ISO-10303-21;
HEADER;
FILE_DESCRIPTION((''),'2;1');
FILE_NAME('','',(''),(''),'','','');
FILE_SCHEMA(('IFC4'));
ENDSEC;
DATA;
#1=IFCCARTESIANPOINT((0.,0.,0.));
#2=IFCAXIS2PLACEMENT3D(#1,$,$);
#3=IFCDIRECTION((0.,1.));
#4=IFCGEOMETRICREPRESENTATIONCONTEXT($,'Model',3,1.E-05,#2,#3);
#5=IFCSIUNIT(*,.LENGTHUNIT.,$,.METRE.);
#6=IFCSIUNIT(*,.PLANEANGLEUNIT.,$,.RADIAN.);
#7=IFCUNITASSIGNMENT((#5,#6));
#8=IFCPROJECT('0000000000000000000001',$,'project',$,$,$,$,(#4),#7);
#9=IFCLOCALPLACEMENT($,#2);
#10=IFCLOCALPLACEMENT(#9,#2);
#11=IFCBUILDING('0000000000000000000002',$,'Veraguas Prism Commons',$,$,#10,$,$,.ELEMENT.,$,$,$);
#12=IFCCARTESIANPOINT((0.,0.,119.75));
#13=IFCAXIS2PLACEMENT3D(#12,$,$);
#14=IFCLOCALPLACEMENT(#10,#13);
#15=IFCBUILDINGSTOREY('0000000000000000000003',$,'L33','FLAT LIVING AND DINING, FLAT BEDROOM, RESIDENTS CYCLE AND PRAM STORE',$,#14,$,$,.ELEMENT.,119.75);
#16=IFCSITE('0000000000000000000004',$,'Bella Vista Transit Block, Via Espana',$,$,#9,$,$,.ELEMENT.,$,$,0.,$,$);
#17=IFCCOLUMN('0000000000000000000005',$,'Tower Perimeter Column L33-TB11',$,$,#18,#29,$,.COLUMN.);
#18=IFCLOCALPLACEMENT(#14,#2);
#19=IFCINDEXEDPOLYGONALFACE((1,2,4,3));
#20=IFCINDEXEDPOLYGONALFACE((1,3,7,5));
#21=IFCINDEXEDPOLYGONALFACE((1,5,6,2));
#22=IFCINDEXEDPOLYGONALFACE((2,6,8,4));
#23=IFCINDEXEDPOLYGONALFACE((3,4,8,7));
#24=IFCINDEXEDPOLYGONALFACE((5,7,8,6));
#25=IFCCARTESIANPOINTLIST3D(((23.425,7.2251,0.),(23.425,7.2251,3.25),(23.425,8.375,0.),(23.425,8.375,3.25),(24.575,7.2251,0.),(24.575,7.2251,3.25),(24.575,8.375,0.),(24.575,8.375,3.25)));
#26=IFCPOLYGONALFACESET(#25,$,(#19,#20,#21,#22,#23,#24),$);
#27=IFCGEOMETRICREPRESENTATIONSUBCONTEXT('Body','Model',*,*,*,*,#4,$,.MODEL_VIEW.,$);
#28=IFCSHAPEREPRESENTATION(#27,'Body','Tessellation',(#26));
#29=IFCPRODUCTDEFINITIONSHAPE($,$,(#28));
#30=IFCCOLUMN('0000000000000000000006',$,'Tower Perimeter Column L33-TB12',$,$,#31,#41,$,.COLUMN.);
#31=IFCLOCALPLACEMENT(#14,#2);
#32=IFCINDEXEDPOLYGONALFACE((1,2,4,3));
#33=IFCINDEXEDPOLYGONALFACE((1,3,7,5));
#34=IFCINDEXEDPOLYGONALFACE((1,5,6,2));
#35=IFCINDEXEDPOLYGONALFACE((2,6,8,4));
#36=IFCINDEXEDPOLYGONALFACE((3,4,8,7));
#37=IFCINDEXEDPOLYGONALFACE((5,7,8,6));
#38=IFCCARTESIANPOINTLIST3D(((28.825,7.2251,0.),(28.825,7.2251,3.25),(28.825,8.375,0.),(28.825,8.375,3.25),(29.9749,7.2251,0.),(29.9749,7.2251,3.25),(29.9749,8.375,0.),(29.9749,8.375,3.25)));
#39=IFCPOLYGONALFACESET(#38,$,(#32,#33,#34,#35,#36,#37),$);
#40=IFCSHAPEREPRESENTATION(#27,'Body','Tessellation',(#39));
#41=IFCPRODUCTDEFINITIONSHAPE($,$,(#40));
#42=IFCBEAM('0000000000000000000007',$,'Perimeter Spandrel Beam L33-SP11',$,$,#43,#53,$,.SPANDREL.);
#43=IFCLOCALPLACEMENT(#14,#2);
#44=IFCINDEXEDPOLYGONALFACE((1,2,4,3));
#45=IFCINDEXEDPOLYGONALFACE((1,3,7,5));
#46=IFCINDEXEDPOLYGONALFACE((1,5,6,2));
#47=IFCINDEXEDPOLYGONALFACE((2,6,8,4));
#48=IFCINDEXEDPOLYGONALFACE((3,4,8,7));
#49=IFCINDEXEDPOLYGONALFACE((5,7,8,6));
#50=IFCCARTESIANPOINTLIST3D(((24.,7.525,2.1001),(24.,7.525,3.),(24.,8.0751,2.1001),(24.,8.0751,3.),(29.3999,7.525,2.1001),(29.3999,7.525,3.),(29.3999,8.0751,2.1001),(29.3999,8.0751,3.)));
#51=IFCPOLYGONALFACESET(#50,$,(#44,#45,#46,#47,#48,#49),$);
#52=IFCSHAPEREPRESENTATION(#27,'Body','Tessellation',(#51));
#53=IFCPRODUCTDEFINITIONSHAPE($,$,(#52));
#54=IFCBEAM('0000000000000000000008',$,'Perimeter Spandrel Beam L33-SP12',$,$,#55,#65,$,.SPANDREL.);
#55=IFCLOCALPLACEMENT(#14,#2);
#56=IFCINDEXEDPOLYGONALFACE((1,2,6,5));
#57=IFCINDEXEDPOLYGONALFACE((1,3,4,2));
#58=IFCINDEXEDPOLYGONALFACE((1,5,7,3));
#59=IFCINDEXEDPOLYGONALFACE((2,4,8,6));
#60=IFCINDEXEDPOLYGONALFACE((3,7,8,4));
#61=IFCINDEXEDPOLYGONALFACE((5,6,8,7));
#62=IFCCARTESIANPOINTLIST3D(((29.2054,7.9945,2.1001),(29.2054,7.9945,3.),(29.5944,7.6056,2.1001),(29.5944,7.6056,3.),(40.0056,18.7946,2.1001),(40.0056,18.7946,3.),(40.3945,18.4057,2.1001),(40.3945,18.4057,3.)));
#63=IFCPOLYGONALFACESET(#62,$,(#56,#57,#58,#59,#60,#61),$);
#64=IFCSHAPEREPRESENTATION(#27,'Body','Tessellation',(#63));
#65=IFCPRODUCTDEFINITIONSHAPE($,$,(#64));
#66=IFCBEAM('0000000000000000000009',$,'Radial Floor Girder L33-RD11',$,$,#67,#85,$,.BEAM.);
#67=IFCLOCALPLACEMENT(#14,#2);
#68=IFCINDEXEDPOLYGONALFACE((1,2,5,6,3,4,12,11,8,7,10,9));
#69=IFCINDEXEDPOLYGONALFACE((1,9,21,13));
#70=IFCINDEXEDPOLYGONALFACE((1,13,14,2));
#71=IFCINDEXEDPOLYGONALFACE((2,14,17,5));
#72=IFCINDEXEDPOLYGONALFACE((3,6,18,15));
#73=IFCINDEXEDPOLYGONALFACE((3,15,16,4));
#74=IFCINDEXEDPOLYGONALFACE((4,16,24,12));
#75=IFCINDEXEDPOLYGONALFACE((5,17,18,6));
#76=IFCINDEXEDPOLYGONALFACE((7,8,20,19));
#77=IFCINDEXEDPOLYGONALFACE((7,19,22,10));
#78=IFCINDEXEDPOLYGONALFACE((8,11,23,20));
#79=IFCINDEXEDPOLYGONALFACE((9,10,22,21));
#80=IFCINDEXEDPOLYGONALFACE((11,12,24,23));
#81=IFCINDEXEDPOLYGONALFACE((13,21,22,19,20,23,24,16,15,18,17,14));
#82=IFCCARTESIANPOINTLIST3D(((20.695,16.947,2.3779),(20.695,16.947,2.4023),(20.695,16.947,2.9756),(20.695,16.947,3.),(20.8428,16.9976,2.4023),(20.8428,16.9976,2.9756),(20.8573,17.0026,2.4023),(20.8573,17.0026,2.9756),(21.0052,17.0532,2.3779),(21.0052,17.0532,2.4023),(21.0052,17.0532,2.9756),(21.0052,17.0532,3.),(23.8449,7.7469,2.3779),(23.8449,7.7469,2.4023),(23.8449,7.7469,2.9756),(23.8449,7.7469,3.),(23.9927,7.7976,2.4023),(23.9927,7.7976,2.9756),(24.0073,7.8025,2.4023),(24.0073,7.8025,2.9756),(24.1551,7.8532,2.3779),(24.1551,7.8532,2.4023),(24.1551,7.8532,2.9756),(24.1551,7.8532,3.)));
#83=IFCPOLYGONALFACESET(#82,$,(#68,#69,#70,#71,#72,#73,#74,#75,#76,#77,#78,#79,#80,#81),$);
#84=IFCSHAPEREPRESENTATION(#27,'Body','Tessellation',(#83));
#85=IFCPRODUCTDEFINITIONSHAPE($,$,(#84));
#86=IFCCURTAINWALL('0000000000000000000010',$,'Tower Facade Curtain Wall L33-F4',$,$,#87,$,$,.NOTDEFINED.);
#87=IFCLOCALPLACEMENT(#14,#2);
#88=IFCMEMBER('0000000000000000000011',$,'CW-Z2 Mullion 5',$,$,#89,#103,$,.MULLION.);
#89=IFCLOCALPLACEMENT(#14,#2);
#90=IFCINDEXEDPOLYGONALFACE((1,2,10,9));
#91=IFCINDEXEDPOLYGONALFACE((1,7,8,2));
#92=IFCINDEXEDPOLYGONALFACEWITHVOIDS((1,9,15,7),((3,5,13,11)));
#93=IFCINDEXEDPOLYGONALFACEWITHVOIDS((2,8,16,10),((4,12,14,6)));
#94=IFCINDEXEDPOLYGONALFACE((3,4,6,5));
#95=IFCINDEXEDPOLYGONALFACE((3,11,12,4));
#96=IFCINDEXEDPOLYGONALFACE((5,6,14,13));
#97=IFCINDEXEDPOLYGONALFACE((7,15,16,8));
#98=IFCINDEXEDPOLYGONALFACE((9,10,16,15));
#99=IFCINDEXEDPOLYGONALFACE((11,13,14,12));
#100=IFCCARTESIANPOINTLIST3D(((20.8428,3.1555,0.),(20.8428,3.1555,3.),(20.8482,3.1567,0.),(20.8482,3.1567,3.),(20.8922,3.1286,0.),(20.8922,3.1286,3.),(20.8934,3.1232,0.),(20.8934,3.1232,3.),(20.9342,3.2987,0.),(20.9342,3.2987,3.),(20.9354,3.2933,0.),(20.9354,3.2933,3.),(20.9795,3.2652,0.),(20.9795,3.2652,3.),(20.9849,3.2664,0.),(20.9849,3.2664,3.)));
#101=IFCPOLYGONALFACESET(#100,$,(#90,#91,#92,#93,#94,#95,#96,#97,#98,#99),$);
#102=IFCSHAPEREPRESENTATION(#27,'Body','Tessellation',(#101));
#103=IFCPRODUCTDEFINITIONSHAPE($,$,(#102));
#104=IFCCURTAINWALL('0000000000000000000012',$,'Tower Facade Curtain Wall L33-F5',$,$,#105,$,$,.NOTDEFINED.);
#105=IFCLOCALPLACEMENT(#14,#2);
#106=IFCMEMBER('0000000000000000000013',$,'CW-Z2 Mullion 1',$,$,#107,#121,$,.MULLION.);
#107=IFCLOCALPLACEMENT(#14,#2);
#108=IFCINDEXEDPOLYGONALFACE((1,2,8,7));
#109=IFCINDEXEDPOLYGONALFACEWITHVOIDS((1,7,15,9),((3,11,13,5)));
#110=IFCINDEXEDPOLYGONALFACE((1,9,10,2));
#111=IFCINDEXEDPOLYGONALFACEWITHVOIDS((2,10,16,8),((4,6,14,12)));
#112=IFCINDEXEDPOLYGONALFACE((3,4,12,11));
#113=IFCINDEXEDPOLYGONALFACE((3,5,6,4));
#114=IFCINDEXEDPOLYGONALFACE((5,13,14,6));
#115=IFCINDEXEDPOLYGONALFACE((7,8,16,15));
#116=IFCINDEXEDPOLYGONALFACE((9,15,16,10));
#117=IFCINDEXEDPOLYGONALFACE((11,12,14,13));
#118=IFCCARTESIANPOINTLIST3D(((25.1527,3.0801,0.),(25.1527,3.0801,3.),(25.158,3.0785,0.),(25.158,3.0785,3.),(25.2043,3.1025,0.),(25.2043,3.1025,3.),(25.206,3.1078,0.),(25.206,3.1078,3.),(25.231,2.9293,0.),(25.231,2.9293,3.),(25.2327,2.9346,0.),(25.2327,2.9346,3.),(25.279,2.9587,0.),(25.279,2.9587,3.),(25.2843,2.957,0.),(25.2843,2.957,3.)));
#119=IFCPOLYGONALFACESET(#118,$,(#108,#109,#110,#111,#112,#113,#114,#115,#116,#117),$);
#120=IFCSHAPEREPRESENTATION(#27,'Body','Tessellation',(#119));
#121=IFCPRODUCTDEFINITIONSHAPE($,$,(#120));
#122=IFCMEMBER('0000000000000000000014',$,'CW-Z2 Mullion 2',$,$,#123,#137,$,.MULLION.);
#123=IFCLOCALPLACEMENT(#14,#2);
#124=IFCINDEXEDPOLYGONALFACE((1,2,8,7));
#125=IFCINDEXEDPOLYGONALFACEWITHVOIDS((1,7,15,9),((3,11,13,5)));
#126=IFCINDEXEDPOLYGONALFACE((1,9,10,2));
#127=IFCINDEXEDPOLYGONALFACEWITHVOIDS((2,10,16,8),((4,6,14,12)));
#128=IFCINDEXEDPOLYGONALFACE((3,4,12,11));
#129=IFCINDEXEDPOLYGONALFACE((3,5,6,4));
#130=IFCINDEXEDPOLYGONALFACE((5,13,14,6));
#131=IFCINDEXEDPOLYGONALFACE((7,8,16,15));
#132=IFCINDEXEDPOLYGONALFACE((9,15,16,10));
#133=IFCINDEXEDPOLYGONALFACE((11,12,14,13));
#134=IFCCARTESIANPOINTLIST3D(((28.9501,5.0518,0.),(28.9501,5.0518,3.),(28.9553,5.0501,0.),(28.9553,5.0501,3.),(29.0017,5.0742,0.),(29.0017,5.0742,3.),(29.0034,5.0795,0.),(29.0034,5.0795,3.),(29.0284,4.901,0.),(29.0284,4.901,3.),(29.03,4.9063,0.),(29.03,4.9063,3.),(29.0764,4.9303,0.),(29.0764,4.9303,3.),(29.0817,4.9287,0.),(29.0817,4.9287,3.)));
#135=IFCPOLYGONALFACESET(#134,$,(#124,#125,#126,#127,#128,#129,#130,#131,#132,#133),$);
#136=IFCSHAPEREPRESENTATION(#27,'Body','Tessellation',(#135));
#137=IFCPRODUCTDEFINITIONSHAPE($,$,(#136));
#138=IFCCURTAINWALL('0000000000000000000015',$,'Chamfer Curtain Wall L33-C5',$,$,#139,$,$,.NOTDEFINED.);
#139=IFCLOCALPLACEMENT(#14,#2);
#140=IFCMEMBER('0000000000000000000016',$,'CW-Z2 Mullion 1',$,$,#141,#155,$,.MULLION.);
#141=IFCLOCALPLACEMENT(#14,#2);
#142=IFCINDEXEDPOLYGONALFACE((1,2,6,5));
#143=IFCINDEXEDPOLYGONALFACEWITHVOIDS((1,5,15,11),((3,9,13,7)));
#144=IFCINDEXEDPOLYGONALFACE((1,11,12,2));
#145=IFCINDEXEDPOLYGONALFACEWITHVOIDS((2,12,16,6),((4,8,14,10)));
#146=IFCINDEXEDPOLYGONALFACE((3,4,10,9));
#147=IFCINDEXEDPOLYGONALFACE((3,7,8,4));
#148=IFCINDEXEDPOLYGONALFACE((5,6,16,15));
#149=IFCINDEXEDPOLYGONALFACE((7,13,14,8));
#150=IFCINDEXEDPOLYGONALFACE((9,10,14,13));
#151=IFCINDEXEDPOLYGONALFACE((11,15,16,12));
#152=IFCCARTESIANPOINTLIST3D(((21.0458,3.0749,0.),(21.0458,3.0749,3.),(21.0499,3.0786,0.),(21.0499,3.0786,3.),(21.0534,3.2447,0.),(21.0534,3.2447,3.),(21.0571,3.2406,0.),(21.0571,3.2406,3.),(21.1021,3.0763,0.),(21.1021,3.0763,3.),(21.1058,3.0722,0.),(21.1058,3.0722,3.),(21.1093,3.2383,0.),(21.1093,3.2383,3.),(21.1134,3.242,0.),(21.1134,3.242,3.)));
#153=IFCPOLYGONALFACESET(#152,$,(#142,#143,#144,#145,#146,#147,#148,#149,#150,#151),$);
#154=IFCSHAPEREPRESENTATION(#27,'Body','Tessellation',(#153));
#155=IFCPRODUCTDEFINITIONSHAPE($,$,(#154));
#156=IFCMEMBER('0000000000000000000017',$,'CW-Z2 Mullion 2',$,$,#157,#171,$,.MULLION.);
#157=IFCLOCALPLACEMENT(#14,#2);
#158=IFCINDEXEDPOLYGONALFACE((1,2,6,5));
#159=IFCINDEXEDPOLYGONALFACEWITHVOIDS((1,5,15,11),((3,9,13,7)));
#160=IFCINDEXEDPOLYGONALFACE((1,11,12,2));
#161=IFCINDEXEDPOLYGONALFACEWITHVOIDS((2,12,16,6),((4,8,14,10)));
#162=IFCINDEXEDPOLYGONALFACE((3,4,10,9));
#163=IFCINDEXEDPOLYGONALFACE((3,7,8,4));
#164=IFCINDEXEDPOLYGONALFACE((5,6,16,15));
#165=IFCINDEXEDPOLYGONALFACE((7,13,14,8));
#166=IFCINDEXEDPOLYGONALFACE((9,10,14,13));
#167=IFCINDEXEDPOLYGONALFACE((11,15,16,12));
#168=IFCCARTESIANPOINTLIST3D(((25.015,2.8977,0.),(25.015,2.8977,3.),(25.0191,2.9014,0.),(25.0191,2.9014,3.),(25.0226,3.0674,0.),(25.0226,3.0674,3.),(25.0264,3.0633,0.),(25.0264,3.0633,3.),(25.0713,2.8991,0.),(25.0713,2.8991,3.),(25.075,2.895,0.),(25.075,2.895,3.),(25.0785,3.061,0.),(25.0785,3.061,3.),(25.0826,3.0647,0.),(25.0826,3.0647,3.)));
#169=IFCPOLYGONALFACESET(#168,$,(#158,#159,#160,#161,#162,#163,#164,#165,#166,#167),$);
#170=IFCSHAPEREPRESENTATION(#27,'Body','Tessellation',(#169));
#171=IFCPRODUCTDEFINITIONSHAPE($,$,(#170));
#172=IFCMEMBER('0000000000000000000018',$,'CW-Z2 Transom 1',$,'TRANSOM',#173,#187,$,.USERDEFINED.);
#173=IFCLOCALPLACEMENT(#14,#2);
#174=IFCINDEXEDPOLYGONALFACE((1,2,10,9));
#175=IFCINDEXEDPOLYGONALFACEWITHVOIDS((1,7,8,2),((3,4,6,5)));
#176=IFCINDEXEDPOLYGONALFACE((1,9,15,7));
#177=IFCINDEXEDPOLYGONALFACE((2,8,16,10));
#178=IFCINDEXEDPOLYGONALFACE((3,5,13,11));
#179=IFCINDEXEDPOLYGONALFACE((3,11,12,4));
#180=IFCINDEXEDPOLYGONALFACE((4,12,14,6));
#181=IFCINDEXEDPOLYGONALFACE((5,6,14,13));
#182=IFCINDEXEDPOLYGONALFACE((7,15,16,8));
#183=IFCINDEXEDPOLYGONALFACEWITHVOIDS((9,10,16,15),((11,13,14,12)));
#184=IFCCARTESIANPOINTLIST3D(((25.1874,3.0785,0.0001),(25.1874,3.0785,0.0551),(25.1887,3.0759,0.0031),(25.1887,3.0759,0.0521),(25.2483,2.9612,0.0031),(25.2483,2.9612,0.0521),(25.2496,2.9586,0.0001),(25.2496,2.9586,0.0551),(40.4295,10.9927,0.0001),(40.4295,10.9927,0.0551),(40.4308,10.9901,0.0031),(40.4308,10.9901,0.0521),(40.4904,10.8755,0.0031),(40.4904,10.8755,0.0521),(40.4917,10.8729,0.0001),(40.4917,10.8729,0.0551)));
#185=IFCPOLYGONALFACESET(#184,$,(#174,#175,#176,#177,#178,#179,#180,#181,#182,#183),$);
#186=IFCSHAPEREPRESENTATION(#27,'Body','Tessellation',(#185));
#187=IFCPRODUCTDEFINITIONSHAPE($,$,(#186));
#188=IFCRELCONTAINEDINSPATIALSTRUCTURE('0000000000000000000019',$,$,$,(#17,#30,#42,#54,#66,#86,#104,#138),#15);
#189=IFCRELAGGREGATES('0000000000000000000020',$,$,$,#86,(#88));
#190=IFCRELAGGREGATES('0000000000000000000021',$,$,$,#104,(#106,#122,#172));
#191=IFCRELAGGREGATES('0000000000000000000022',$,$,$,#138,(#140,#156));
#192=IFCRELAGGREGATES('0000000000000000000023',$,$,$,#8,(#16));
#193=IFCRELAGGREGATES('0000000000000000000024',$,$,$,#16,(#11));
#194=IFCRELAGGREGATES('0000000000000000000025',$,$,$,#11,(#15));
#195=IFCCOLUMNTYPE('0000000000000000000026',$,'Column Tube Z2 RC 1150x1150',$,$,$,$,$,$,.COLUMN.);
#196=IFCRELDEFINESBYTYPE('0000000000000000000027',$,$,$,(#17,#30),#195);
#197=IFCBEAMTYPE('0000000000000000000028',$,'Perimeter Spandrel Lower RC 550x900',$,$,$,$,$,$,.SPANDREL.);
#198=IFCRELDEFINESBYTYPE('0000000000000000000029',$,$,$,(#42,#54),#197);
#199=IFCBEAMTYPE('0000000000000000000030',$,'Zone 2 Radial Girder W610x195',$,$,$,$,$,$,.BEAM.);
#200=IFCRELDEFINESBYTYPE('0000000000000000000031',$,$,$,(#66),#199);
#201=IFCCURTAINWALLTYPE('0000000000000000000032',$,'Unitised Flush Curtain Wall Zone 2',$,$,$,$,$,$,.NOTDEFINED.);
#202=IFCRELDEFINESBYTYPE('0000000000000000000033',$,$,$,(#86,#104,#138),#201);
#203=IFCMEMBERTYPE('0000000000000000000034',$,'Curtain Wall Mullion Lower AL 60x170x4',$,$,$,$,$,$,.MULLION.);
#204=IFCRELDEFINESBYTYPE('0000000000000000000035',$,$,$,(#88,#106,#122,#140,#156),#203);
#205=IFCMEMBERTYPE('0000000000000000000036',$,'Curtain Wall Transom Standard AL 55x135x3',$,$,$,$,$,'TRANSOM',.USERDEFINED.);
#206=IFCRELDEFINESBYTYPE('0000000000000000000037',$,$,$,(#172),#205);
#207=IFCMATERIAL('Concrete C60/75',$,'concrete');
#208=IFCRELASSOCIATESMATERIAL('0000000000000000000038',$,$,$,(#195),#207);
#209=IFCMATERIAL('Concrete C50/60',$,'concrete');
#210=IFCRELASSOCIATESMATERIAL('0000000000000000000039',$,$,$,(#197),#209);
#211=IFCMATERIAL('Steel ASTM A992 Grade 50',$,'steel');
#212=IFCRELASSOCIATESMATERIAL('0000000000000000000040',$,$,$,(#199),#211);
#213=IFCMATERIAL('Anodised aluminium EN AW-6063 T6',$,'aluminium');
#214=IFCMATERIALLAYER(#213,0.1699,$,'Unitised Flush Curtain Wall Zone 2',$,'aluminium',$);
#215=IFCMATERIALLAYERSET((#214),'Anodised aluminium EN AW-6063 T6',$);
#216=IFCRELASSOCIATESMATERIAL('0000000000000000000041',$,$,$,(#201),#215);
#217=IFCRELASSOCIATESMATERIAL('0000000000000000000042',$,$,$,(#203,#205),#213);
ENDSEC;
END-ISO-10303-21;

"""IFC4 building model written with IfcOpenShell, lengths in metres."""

from ifc_helpers import new_model, si_unit, direction, frame, origin, origin_2d, place, context, subcontext, project, spatial, rectangle, hollow_rectangle, i_section, extrude, source, transform, mapped, material, layer, layer_set, material_profile, profile_set, type_object, element, aggregate, save


model = new_model("IFC4")

# Units and contexts
model_context = context("Model", 3, precision=1e-05, world=origin(), true_north=direction((0.0, 1.0)))
body_context = subcontext(model_context, "Body", "Model", "MODEL_VIEW")
ifc_project = project(units=[si_unit("LENGTHUNIT", "METRE"), si_unit("PLANEANGLEUNIT", "RADIAN")], contexts=[model_context])

# Site, building, storey
site_placement = place(None, origin())
site = spatial("IfcSite", under=ifc_project, at=site_placement, Name="Bella Vista Transit Block, Via Espana", CompositionType="ELEMENT", RefElevation=0.0)
building_placement = place(site_placement, origin())
building = spatial("IfcBuilding", under=site, at=building_placement, Name="Veraguas Prism Commons", CompositionType="ELEMENT")
storey_placement = place(building_placement, frame((0.0, 0.0, 119.75)))
storey = spatial("IfcBuildingStorey", under=building, at=storey_placement, Name="L33", Description="FLAT LIVING AND DINING, FLAT BEDROOM, RESIDENTS CYCLE AND PRAM STORE", CompositionType="ELEMENT", Elevation=119.75)

# Columns
ifc_material_1 = material(Name="Concrete C60/75", Category="concrete")
ifc_material_profile_1 = material_profile(ifc_material_1, rectangle(XDim=1.1499, YDim=1.1499, at=origin_2d()), Name="RC1150X1150")
ifc_profile_set_1 = profile_set([ifc_material_profile_1], Name="Concrete C60/75")
column_type = type_object("IfcColumnType", Name="Column Tube Z2 RC 1150x1150", PredefinedType="COLUMN", material=ifc_profile_set_1)
for number, where, z_axis, x_axis, name in (
    (1, (24.0, 7.8, 0.0), (0.0, 0.0, 1.0), (1.0, 0.0, 0.0), "Tower Perimeter Column L33-TB11"),
    (2, (29.3999, 7.8, 0.0), (0.0, 0.0, 1.0), (1.0, 0.0, 0.0), "Tower Perimeter Column L33-TB12"),
):
    element("IfcColumn", number, at=place(storey_placement, frame(where, z_axis=z_axis, x_axis=x_axis)), inside=storey, type_object=column_type, Name=name, PredefinedType="COLUMN", context=body_context, shape_type="SweptSolid", body=[
        extrude(rectangle(XDim=1.1499, YDim=1.1499, at=origin_2d()), origin(), (0.0, 0.0, 1.0), 3.25),
    ])

# Beams
ifc_material_2 = material(Name="Concrete C50/60", Category="concrete")
ifc_material_profile_2 = material_profile(ifc_material_2, rectangle(XDim=0.55, YDim=0.8999, at=origin_2d()), Name="RC550X900")
ifc_profile_set_2 = profile_set([ifc_material_profile_2], Name="Concrete C50/60")
beam_type_1 = type_object("IfcBeamType", Name="Perimeter Spandrel Lower RC 550x900", PredefinedType="SPANDREL", material=ifc_profile_set_2)
beam_1_placement = place(storey_placement, frame((24.0, 7.8, 2.55), z_axis=(1.0, 0.0, 0.0), x_axis=(0.0, 1.0, 0.0)))
element("IfcBeam", 3, at=beam_1_placement, inside=storey, type_object=beam_type_1, Name="Perimeter Spandrel Beam L33-SP11", PredefinedType="SPANDREL", context=body_context, shape_type="SweptSolid", body=[
    extrude(rectangle(XDim=0.55, YDim=0.8999, at=origin_2d()), origin(), (0.0, 0.0, 1.0), 5.3999),
])
beam_2_placement = place(storey_placement, frame((29.3999, 7.8, 2.55), z_axis=(0.707107, 0.707107, 0.0), x_axis=(-0.707107, 0.707107, 0.0)))
element("IfcBeam", 4, at=beam_2_placement, inside=storey, type_object=beam_type_1, Name="Perimeter Spandrel Beam L33-SP12", PredefinedType="SPANDREL", context=body_context, shape_type="SweptSolid", body=[
    extrude(rectangle(XDim=0.55, YDim=0.8999, at=origin_2d()), origin(), (0.0, 0.0, 1.0), 15.2737),
])
ifc_material_3 = material(Name="Steel ASTM A992 Grade 50", Category="steel")
ifc_material_profile_3 = material_profile(ifc_material_3, i_section(OverallWidth=0.3279, OverallDepth=0.6221, WebThickness=0.0154, FlangeThickness=0.0244, at=origin_2d()), Name="W610X195")
ifc_profile_set_3 = profile_set([ifc_material_profile_3], Name="Steel ASTM A992 Grade 50")
beam_type_2 = type_object("IfcBeamType", Name="Zone 2 Radial Girder W610x195", PredefinedType="BEAM", material=ifc_profile_set_3)
beam_3_placement = place(storey_placement, frame((24.0, 7.8, 2.689), z_axis=(-0.323922, 0.946084, 0.0), x_axis=(-0.946084, -0.323922, 0.0)))
element("IfcBeam", 5, at=beam_3_placement, inside=storey, type_object=beam_type_2, Name="Radial Floor Girder L33-RD11", PredefinedType="BEAM", context=body_context, shape_type="SweptSolid", body=[
    extrude(i_section(OverallWidth=0.3279, OverallDepth=0.6221, WebThickness=0.0154, FlangeThickness=0.0244, at=origin_2d()), origin(), (0.0, 0.0, 1.0), 9.7244),
])

# Curtain wall, member
ifc_material_4 = material(Name="Anodised aluminium EN AW-6063 T6", Category="aluminium")
ifc_layer_1 = layer(ifc_material_4, 0.1699, Name="Unitised Flush Curtain Wall Zone 2", Category="aluminium")
ifc_layer_set_1 = layer_set([ifc_layer_1], Name="Anodised aluminium EN AW-6063 T6")
curtain_wall_type = type_object("IfcCurtainWallType", Name="Unitised Flush Curtain Wall Zone 2", PredefinedType="NOTDEFINED", material=ifc_layer_set_1)
curtain_wall_1_placement = place(storey_placement, origin())
curtain_wall_1 = element("IfcCurtainWall", 6, at=curtain_wall_1_placement, inside=storey, type_object=curtain_wall_type, Name="Tower Facade Curtain Wall L33-F4", PredefinedType="NOTDEFINED")
ifc_material_profile_4 = material_profile(ifc_material_4, hollow_rectangle(XDim=0.0601, YDim=0.1699, WallThickness=0.0039, at=origin_2d()), Name="AL60X170X4")
ifc_profile_set_4 = profile_set([ifc_material_profile_4], Name="Anodised aluminium EN AW-6063 T6")
member_type_1 = type_object("IfcMemberType", Name="Curtain Wall Mullion Lower AL 60x170x4", PredefinedType="MULLION", material=ifc_profile_set_4)
shared_shape_1 = source(origin(), body_context, "Body", "SweptSolid", [
    extrude(hollow_rectangle(XDim=0.0601, YDim=0.1699, WallThickness=0.0039, at=origin_2d()), origin(), (0.0, 0.0, 1.0), 3.0),
])
member_1_placement = place(storey_placement, frame((20.9138, 3.2109, 0.0), z_axis=(0.0, 0.0, 1.0), x_axis=(0.842827, -0.538184, 0.0)))
member_1 = element("IfcMember", 7, at=member_1_placement, type_object=member_type_1, Name="CW-Z2 Mullion 5", PredefinedType="MULLION", context=body_context, shape_type="MappedRepresentation", body=[
    mapped(shared_shape_1, transform((0.0, 0.0, 0.0), scale=1.0)),
])
aggregate(curtain_wall_1, [member_1])

# Curtain walls, members
curtain_wall_2_placement = place(storey_placement, origin())
curtain_wall_2 = element("IfcCurtainWall", 8, at=curtain_wall_2_placement, inside=storey, type_object=curtain_wall_type, Name="Tower Facade Curtain Wall L33-F5", PredefinedType="NOTDEFINED")
member_2_placement = place(storey_placement, frame((25.2185, 3.0186, 0.0), z_axis=(0.0, 0.0, 1.0), x_axis=(0.887494, 0.460819, 0.0)))
member_2 = element("IfcMember", 9, at=member_2_placement, type_object=member_type_1, Name="CW-Z2 Mullion 1", PredefinedType="MULLION", context=body_context, shape_type="MappedRepresentation", body=[
    mapped(shared_shape_1, transform((0.0, 0.0, 0.0), scale=1.0)),
])
member_3_placement = place(storey_placement, frame((29.0159, 4.9902, 0.0), z_axis=(0.0, 0.0, 1.0), x_axis=(0.887494, 0.460819, 0.0)))
member_3 = element("IfcMember", 10, at=member_3_placement, type_object=member_type_1, Name="CW-Z2 Mullion 2", PredefinedType="MULLION", context=body_context, shape_type="MappedRepresentation", body=[
    mapped(shared_shape_1, transform((0.0, 0.0, 0.0), scale=1.0)),
])
curtain_wall_3_placement = place(storey_placement, origin())
curtain_wall_3 = element("IfcCurtainWall", 11, at=curtain_wall_3_placement, inside=storey, type_object=curtain_wall_type, Name="Chamfer Curtain Wall L33-C5", PredefinedType="NOTDEFINED")
member_4_placement = place(storey_placement, frame((21.0796, 3.1584, 0.0), z_axis=(0.0, 0.0, 1.0), x_axis=(0.999003, -0.044653, 0.0)))
member_4 = element("IfcMember", 12, at=member_4_placement, type_object=member_type_1, Name="CW-Z2 Mullion 1", PredefinedType="MULLION", context=body_context, shape_type="MappedRepresentation", body=[
    mapped(shared_shape_1, transform((0.0, 0.0, 0.0), scale=1.0)),
])
member_5_placement = place(storey_placement, frame((25.0488, 2.9812, 0.0), z_axis=(0.0, 0.0, 1.0), x_axis=(0.999003, -0.044653, 0.0)))
member_5 = element("IfcMember", 13, at=member_5_placement, type_object=member_type_1, Name="CW-Z2 Mullion 2", PredefinedType="MULLION", context=body_context, shape_type="MappedRepresentation", body=[
    mapped(shared_shape_1, transform((0.0, 0.0, 0.0), scale=1.0)),
])

# Member
ifc_material_profile_5 = material_profile(ifc_material_4, hollow_rectangle(XDim=0.0549, YDim=0.135, WallThickness=0.0029, at=origin_2d()), Name="AL55X135X3")
ifc_profile_set_5 = profile_set([ifc_material_profile_5], Name="Anodised aluminium EN AW-6063 T6")
member_type_2 = type_object("IfcMemberType", Name="Curtain Wall Transom Standard AL 55x135x3", ElementType="TRANSOM", PredefinedType="USERDEFINED", material=ifc_profile_set_5)
shared_shape_2 = source(origin(), body_context, "Body", "SweptSolid", [
    extrude(hollow_rectangle(XDim=0.0549, YDim=0.135, WallThickness=0.0029, at=origin_2d()), origin(), (0.0, 0.0, 1.0), 17.1743),
])
member_6_placement = place(storey_placement, frame((25.2185, 3.0186, 0.0276), z_axis=(0.887494, 0.46082, 0.0), x_axis=(0.0, 0.0, 1.0)))
member_6 = element("IfcMember", 14, at=member_6_placement, type_object=member_type_2, Name="CW-Z2 Transom 1", ObjectType="TRANSOM", PredefinedType="USERDEFINED", context=body_context, shape_type="MappedRepresentation", body=[
    mapped(shared_shape_2, transform((0.0, 0.0, 0.0), scale=1.0)),
])

aggregate(curtain_wall_2, [member_2, member_3, member_6])
aggregate(curtain_wall_3, [member_4, member_5])

save(model, "model.ifc")
